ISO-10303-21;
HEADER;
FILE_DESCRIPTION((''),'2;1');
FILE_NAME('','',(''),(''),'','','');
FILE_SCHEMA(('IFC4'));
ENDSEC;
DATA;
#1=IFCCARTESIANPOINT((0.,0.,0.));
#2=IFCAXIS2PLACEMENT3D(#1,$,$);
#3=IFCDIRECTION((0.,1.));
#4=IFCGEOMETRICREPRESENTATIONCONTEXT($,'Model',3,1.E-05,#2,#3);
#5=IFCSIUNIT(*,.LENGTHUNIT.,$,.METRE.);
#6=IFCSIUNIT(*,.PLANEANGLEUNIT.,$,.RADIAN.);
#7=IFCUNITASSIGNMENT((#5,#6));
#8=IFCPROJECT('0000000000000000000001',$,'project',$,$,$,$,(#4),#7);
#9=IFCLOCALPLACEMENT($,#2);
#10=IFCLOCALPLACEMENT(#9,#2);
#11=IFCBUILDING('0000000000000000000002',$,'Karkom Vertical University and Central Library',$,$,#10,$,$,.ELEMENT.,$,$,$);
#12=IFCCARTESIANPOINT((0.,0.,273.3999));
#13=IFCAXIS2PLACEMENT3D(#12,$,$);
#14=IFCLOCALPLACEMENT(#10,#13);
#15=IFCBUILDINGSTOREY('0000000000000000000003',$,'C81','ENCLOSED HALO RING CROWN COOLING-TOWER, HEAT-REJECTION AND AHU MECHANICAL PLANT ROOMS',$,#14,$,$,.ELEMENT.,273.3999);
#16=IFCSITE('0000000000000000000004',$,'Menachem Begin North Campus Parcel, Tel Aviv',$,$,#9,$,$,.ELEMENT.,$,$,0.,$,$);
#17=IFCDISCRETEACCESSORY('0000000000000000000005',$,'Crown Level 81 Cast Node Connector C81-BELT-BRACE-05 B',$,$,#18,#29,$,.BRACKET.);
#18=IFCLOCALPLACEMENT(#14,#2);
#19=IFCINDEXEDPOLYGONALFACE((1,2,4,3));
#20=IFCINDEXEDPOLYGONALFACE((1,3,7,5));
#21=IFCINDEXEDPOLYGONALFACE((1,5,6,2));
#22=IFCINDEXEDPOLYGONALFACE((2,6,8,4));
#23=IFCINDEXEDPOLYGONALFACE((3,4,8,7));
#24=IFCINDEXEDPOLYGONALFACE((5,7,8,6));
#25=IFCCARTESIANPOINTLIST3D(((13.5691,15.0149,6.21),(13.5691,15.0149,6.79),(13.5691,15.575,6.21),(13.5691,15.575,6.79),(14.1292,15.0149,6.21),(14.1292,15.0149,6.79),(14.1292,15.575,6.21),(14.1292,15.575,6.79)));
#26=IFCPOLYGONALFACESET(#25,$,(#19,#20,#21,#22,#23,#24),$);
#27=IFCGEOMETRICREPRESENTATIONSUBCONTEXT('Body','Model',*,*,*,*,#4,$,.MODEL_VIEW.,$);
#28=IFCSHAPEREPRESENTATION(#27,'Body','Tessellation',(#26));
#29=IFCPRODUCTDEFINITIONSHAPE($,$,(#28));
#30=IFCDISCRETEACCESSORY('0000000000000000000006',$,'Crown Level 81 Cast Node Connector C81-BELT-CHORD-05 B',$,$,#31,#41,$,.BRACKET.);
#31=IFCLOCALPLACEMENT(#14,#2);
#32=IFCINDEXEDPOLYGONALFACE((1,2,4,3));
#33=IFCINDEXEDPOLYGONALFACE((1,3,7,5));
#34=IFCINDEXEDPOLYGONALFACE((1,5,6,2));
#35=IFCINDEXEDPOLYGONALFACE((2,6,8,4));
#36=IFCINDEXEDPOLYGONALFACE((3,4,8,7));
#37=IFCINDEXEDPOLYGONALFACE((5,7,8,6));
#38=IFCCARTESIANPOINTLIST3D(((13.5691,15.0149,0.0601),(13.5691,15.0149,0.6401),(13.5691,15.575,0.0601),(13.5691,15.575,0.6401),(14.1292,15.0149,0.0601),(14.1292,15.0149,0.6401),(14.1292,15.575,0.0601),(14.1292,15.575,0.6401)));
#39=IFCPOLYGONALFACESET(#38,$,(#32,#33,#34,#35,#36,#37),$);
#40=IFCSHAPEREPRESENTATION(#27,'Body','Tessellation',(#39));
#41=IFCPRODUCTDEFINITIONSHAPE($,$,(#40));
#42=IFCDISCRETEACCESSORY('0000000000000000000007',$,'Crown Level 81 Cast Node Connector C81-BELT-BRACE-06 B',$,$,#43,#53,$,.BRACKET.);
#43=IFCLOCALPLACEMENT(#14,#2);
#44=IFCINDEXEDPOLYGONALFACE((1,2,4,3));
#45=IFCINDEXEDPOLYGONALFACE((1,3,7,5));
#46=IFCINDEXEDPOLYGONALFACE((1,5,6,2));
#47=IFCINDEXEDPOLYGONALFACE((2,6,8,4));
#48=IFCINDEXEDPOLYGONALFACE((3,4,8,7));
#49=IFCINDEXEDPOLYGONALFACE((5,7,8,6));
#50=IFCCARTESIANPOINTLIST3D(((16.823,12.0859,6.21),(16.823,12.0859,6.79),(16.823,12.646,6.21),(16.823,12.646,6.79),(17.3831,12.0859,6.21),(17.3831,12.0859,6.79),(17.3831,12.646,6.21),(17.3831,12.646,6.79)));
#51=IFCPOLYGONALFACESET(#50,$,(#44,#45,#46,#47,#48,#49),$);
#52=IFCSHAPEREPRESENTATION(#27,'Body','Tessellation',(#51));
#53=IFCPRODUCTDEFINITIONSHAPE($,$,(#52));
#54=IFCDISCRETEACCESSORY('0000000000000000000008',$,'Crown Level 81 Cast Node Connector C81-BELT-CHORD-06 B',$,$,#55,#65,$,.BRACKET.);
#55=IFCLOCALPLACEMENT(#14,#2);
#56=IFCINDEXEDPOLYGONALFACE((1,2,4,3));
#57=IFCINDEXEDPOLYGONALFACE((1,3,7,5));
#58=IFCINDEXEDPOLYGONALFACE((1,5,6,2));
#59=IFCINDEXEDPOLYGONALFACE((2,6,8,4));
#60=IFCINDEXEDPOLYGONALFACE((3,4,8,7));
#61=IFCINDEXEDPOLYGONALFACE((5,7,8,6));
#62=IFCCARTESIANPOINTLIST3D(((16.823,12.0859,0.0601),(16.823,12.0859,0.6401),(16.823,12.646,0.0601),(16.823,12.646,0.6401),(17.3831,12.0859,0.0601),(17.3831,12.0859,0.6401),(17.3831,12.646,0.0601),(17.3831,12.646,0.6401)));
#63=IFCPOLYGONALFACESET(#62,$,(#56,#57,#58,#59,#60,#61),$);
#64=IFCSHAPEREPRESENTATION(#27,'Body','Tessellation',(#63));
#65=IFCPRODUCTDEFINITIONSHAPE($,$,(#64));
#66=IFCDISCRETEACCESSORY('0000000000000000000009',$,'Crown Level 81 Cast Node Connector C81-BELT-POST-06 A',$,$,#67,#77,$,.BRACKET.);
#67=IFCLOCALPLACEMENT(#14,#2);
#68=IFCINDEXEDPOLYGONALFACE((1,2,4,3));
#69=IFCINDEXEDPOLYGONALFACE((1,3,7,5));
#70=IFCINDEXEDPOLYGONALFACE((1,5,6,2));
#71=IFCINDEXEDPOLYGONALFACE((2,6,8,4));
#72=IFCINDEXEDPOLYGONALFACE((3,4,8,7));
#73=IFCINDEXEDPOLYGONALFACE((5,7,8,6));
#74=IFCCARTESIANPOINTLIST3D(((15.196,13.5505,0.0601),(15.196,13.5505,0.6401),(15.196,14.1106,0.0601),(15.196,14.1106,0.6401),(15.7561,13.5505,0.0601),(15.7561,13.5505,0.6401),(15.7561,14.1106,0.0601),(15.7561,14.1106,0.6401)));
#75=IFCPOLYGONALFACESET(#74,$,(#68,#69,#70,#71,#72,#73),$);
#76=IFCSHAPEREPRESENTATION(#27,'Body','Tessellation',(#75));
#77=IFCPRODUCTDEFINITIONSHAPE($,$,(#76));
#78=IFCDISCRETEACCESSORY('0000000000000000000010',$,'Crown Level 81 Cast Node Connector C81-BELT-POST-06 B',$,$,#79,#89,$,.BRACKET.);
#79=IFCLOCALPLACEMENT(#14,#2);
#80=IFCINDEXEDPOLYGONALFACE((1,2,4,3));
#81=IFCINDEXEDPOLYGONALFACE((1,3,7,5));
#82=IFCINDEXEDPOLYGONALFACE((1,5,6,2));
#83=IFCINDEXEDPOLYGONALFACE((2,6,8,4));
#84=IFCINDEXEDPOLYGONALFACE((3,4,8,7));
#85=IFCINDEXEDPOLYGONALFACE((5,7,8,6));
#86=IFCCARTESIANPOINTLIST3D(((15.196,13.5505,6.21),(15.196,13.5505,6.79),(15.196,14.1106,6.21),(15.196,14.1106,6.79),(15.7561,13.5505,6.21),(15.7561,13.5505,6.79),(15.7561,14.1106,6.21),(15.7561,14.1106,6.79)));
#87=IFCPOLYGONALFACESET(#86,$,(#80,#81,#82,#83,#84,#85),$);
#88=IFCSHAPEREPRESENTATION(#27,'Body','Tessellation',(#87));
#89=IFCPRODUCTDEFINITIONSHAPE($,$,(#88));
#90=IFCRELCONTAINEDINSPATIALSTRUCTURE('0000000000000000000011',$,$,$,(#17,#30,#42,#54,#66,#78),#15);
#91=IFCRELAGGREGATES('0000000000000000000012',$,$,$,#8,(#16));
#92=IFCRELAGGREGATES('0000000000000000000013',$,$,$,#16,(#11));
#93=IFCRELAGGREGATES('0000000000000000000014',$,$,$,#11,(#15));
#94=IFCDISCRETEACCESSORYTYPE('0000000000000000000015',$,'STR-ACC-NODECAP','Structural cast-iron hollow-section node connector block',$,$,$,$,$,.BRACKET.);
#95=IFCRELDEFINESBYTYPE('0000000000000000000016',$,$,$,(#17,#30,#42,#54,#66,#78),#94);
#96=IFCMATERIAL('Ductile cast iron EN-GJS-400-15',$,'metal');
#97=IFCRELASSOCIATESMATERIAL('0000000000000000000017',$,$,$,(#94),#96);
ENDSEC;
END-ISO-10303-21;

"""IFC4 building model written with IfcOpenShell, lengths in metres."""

from ifc_helpers import new_model, si_unit, direction, frame, origin, origin_with_axes, origin_2d, place, context, subcontext, project, spatial, rectangle, extrude, source, transform, mapped, material, type_object, element, save


model = new_model("IFC4")

# Units and contexts
model_context = context("Model", 3, precision=1e-05, world=origin(), true_north=direction((0.0, 1.0)))
body_context = subcontext(model_context, "Body", "Model", "MODEL_VIEW")
ifc_project = project(units=[si_unit("LENGTHUNIT", "METRE"), si_unit("PLANEANGLEUNIT", "RADIAN")], contexts=[model_context])

# Site, building, storey
site_placement = place(None, origin())
site = spatial("IfcSite", under=ifc_project, at=site_placement, Name="Menachem Begin North Campus Parcel, Tel Aviv", CompositionType="ELEMENT", RefElevation=0.0)
building_placement = place(site_placement, origin())
building = spatial("IfcBuilding", under=site, at=building_placement, Name="Karkom Vertical University and Central Library", CompositionType="ELEMENT")
storey_placement = place(building_placement, frame((0.0, 0.0, 273.3999)))
storey = spatial("IfcBuildingStorey", under=building, at=storey_placement, Name="C81", Description="ENCLOSED HALO RING CROWN COOLING-TOWER, HEAT-REJECTION AND AHU MECHANICAL PLANT ROOMS", CompositionType="ELEMENT", Elevation=273.3999)

# Discrete accessories
ifc_material_1 = material(Name="Ductile cast iron EN-GJS-400-15", Category="metal")
discrete_accessory_type = type_object("IfcDiscreteAccessoryType", Name="STR-ACC-NODECAP", Description="Structural cast-iron hollow-section node connector block", PredefinedType="BRACKET", material=ifc_material_1)
shared_shape_1 = source(origin_with_axes(), body_context, "Body", "SweptSolid", [
    extrude(rectangle(XDim=0.5601, YDim=0.5601, at=origin_2d()), origin(), (0.0, 0.0, 1.0), 0.5801),
])
for number, where, z_axis, x_axis, name in (
    (1, (13.8491, 15.2949, 6.21), (0.0, 0.0, 1.0), (1.0, 0.0, 0.0), "Crown Level 81 Cast Node Connector C81-BELT-BRACE-05 B"),
    (2, (13.8491, 15.2949, 0.0601), (0.0, 0.0, 1.0), (1.0, 0.0, 0.0), "Crown Level 81 Cast Node Connector C81-BELT-CHORD-05 B"),
    (3, (17.103, 12.366, 6.21), (0.0, 0.0, 1.0), (1.0, 0.0, 0.0), "Crown Level 81 Cast Node Connector C81-BELT-BRACE-06 B"),
    (4, (17.103, 12.366, 0.0601), (0.0, 0.0, 1.0), (1.0, 0.0, 0.0), "Crown Level 81 Cast Node Connector C81-BELT-CHORD-06 B"),
    (5, (15.4761, 13.8306, 0.0601), (0.0, 0.0, 1.0), (1.0, 0.0, 0.0), "Crown Level 81 Cast Node Connector C81-BELT-POST-06 A"),
    (6, (15.4761, 13.8306, 6.21), (0.0, 0.0, 1.0), (1.0, 0.0, 0.0), "Crown Level 81 Cast Node Connector C81-BELT-POST-06 B"),
):
    element("IfcDiscreteAccessory", number, at=place(storey_placement, frame(where, z_axis=z_axis, x_axis=x_axis)), inside=storey, type_object=discrete_accessory_type, Name=name, PredefinedType="BRACKET", context=body_context, shape_type="MappedRepresentation", body=[
        mapped(shared_shape_1, transform((0.0, 0.0, 0.0), scale=1.0)),
    ])

save(model, "model.ifc")
